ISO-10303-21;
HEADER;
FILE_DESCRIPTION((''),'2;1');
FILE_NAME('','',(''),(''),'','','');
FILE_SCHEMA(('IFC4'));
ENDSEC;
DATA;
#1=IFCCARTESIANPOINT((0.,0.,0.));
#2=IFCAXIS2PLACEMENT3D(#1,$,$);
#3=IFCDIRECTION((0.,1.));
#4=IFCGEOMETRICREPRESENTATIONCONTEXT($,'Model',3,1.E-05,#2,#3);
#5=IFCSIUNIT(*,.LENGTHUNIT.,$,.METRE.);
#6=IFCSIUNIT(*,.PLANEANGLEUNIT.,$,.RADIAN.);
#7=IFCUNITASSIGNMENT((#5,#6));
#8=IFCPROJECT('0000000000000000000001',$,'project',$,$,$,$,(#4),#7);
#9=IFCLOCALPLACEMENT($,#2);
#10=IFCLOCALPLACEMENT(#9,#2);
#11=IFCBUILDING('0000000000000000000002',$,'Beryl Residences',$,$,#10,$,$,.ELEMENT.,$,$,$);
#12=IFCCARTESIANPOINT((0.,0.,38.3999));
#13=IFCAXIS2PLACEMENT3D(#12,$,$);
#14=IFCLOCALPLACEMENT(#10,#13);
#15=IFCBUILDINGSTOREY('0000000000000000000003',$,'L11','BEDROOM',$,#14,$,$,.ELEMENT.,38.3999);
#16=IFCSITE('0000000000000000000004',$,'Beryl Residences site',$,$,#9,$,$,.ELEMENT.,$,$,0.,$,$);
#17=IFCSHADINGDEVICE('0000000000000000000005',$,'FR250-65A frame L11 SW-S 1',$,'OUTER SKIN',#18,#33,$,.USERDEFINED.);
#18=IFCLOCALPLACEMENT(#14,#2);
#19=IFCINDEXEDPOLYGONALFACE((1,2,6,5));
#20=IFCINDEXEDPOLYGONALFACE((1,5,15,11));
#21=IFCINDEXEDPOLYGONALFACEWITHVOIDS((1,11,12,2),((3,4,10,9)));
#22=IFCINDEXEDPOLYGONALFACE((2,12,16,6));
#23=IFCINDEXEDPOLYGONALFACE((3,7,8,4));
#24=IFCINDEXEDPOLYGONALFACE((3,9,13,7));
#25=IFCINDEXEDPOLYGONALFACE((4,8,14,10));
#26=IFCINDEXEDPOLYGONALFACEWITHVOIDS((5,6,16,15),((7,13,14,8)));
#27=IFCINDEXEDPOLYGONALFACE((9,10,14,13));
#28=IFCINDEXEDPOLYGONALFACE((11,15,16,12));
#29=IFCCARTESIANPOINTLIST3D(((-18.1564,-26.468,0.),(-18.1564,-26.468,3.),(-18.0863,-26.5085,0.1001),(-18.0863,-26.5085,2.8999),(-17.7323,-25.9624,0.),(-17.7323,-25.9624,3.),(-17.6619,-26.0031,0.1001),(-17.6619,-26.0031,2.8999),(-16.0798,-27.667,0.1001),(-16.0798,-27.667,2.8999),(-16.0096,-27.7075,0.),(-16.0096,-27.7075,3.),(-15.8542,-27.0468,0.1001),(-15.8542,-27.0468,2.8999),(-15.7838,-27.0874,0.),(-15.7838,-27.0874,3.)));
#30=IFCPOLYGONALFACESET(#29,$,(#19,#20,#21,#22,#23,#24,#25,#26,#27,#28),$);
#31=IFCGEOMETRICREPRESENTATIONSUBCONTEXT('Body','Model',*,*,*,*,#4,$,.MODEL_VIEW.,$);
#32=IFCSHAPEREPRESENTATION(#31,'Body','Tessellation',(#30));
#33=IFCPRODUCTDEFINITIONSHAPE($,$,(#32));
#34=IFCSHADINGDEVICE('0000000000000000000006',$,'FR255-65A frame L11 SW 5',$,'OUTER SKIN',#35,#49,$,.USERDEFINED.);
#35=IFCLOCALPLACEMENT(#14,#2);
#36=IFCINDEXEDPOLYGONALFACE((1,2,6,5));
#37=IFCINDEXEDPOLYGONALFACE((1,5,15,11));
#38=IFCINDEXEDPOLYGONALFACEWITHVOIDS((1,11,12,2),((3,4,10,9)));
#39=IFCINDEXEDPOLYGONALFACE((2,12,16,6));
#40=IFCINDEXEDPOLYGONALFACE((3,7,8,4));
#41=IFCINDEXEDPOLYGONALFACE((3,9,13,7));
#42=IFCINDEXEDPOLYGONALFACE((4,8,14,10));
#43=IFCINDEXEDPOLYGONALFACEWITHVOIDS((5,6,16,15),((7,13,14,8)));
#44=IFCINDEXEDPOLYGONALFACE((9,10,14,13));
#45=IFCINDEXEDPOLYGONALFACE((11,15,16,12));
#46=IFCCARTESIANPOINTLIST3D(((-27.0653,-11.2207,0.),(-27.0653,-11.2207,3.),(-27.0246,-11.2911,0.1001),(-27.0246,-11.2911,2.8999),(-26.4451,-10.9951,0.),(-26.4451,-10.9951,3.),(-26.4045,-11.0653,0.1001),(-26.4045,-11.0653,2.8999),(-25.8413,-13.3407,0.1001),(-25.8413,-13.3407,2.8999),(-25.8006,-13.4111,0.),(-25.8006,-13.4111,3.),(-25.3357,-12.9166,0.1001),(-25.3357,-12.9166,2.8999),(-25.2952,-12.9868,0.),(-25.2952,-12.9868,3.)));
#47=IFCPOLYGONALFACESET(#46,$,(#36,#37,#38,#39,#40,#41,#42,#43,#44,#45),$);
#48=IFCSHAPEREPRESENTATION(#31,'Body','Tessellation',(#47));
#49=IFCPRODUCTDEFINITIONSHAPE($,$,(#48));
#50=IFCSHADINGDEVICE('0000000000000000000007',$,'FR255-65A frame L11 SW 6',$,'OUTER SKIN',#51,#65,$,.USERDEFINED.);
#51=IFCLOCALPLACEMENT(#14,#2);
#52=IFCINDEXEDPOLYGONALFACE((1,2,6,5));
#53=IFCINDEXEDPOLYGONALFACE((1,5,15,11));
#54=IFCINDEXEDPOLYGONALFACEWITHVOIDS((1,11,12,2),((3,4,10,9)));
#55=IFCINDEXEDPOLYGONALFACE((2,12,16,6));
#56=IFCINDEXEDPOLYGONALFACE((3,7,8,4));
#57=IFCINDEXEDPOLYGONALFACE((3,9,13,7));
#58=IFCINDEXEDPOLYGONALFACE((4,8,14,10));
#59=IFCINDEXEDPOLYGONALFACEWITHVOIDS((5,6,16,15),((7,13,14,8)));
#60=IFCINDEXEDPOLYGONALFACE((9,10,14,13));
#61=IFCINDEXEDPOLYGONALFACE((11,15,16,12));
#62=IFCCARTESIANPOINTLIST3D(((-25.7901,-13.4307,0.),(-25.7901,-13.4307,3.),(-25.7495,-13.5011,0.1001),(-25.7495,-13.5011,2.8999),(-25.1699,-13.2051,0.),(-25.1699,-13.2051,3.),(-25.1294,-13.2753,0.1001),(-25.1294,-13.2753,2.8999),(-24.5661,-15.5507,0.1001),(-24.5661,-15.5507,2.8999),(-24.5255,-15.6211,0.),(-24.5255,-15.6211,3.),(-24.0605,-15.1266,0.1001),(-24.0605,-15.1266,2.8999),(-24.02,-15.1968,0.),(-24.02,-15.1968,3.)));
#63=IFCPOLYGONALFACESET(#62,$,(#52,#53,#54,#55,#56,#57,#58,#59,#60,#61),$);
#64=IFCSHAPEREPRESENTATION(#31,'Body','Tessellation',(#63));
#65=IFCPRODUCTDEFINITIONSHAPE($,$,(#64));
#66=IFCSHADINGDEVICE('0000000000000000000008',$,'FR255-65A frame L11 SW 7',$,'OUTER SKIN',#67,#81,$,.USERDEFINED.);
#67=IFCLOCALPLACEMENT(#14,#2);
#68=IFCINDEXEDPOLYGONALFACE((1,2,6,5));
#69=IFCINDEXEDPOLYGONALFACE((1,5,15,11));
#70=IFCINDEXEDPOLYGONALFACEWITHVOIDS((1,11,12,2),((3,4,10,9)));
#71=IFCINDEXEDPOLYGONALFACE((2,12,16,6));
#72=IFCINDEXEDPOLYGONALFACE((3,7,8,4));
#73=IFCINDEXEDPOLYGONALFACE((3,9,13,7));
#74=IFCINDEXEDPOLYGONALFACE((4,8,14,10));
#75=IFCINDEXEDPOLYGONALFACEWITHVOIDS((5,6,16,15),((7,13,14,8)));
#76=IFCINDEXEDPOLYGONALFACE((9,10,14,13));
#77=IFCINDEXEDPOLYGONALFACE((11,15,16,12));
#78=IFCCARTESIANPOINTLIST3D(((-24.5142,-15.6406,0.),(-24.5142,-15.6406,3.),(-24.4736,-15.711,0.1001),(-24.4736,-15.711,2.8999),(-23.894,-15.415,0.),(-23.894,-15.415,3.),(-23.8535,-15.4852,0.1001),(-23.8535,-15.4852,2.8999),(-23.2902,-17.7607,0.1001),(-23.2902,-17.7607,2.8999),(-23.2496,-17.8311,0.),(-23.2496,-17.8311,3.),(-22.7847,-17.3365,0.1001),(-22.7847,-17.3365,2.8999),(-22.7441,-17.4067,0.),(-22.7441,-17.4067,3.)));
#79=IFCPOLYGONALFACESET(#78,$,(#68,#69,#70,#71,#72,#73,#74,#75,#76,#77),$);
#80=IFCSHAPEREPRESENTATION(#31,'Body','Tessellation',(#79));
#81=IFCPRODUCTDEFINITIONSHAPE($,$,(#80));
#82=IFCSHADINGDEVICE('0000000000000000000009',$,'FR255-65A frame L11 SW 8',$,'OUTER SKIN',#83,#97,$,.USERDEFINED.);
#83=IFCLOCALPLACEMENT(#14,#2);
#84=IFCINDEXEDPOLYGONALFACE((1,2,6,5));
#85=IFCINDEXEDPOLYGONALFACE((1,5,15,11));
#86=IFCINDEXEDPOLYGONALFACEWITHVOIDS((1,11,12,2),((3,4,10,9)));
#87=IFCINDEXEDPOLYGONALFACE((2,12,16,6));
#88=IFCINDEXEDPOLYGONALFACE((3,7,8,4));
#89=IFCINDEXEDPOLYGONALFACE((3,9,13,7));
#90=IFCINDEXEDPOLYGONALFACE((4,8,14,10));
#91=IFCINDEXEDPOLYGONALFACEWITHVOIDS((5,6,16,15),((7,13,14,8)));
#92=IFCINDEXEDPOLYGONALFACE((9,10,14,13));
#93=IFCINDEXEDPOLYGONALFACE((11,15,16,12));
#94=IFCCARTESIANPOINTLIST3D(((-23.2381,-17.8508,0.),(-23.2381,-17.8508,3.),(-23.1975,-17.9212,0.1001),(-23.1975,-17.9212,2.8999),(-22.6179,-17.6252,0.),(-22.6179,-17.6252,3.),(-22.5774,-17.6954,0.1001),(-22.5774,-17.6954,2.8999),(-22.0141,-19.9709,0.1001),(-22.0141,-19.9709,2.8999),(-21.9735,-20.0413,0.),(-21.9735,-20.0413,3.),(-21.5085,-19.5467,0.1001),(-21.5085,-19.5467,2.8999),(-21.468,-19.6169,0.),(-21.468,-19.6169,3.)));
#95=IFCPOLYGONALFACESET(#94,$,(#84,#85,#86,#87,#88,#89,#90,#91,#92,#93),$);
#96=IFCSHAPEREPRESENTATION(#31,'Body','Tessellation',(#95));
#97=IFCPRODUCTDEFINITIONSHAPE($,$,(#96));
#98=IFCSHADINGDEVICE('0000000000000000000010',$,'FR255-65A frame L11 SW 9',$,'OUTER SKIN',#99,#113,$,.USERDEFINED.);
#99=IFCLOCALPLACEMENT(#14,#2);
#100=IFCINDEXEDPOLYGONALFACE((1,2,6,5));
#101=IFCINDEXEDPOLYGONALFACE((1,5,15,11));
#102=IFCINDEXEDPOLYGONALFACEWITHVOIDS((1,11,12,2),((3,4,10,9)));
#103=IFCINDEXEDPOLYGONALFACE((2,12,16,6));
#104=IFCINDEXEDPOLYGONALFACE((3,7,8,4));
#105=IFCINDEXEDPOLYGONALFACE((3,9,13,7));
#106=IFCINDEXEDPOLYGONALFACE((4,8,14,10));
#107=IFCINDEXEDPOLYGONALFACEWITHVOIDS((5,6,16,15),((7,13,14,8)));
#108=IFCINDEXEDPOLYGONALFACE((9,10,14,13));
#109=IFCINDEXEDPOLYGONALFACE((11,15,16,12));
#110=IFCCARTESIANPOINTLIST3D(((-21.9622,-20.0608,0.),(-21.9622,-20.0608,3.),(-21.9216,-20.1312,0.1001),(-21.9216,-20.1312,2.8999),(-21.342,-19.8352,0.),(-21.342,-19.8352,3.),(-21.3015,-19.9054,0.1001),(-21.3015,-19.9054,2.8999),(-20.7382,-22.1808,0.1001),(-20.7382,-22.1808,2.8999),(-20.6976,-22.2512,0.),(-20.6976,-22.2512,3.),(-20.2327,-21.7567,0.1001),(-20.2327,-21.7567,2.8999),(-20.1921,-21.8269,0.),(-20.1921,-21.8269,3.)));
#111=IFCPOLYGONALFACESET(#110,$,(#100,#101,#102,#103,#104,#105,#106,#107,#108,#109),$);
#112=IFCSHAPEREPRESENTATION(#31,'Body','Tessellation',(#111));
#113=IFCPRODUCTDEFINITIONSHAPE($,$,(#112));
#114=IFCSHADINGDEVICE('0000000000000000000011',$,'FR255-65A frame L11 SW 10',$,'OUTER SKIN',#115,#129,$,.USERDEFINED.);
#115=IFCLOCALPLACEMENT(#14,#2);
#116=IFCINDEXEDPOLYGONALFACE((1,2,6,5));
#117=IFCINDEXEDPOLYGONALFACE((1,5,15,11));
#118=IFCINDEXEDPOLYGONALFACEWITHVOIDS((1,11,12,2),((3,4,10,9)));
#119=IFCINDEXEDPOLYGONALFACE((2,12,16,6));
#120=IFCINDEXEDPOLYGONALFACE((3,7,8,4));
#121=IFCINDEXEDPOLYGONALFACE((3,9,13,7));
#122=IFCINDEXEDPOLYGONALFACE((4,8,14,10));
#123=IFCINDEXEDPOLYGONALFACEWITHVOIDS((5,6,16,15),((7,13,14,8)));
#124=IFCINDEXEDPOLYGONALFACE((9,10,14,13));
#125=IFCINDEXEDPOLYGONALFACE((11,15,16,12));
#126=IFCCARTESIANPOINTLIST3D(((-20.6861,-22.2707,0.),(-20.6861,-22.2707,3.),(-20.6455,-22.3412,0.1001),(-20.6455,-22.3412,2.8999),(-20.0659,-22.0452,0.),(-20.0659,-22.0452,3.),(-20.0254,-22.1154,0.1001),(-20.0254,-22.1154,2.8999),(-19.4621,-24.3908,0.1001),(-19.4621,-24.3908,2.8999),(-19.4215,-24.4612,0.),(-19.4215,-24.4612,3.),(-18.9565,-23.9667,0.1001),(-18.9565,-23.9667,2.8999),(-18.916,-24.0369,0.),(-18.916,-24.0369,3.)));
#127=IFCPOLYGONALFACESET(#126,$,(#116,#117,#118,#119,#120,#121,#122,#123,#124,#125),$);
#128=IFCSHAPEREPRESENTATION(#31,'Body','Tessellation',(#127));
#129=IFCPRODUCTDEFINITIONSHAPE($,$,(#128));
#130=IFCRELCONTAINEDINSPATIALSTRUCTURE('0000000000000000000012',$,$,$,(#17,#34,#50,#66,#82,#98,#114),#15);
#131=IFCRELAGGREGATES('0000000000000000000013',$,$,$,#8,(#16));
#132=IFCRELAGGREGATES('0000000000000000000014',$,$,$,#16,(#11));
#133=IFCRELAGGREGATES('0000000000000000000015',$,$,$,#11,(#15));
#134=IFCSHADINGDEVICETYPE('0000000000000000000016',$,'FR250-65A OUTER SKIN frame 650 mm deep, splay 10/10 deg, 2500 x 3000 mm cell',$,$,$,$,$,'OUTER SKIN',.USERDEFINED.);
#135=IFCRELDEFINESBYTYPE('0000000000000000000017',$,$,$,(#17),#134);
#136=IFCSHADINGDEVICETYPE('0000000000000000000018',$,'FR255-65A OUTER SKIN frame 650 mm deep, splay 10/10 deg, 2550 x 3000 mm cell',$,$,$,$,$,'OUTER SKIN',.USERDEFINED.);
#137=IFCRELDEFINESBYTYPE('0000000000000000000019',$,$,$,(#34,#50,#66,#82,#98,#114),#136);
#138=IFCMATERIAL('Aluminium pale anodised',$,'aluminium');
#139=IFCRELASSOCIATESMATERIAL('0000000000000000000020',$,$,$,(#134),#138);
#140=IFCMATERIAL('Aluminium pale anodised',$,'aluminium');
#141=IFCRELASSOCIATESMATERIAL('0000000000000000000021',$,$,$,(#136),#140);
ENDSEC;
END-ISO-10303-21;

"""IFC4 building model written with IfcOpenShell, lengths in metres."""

from ifc_helpers import new_model, entity, si_unit, direction, frame, origin, place, context, subcontext, project, spatial, source, transform, mapped, material, type_object, type_shapes, element, save


model = new_model("IFC4")

# Units and contexts
model_context = context("Model", 3, precision=1e-05, world=origin(), true_north=direction((0.0, 1.0)))
body_context = subcontext(model_context, "Body", "Model", "MODEL_VIEW")
ifc_project = project(units=[si_unit("LENGTHUNIT", "METRE"), si_unit("PLANEANGLEUNIT", "RADIAN")], contexts=[model_context])

# Site, building, storey
site_placement = place(None, origin())
site = spatial("IfcSite", under=ifc_project, at=site_placement, Name="Beryl Residences site", CompositionType="ELEMENT", RefElevation=0.0)
building_placement = place(site_placement, origin())
building = spatial("IfcBuilding", under=site, at=building_placement, Name="Beryl Residences", CompositionType="ELEMENT")
storey_placement = place(building_placement, frame((0.0, 0.0, 38.3999)))
storey = spatial("IfcBuildingStorey", under=building, at=storey_placement, Name="L11", Description="BEDROOM", CompositionType="ELEMENT", Elevation=38.3999)

# Shading devices
ifc_material_1 = material(Name="Aluminium pale anodised", Category="aluminium")
shading_device_type_1 = type_object("IfcShadingDeviceType", Name="FR250-65A OUTER SKIN frame 650 mm deep, splay 10/10 deg, 2500 x 3000 mm cell", ElementType="OUTER SKIN", PredefinedType="USERDEFINED", material=ifc_material_1)
cartesian_point_1 = entity("IfcCartesianPoint", [-1.125, 0.0])
cartesian_point_2 = entity("IfcCartesianPoint", [-1.0437, 0.1001])
cartesian_point_3 = entity("IfcCartesianPoint", [-1.2395, 0.0])
cartesian_point_4 = entity("IfcCartesianPoint", [-1.1584, 0.1001])
shared_shape_1 = source(origin(), body_context, "Body", "SweptSolid", [
    entity("IfcExtrudedAreaSolidTapered", entity("IfcArbitraryProfileDefWithVoids", "AREA", None, entity("IfcPolyline", [cartesian_point_1, entity("IfcCartesianPoint", [1.125, 0.0]), entity("IfcCartesianPoint", [1.125, 3.0]), entity("IfcCartesianPoint", [-1.125, 3.0]), cartesian_point_1]), [entity("IfcPolyline", [cartesian_point_2, entity("IfcCartesianPoint", [1.0437, 0.1001]), entity("IfcCartesianPoint", [1.0437, 2.8999]), entity("IfcCartesianPoint", [-1.0437, 2.8999]), cartesian_point_2])]), entity("IfcAxis2Placement3D", entity("IfcCartesianPoint", [0.0, 0.0, 0.0]), entity("IfcDirection", [0.0, 1.0, 0.0]), entity("IfcDirection", [-1.0, 0.0, 0.0])), entity("IfcDirection", [0.0, 0.0, 1.0]), 0.6499, entity("IfcArbitraryProfileDefWithVoids", "AREA", None, entity("IfcPolyline", [cartesian_point_3, entity("IfcCartesianPoint", [1.2395, 0.0]), entity("IfcCartesianPoint", [1.2395, 3.0]), entity("IfcCartesianPoint", [-1.2395, 3.0]), cartesian_point_3]), [entity("IfcPolyline", [cartesian_point_4, entity("IfcCartesianPoint", [1.1584, 0.1001]), entity("IfcCartesianPoint", [1.1584, 2.8999]), entity("IfcCartesianPoint", [-1.1584, 2.8999]), cartesian_point_4])])),
])
type_shapes(shading_device_type_1, [shared_shape_1])
shading_device_1_placement = place(storey_placement, frame((-16.7581, -26.5249, 0.0), z_axis=(0.0, 0.0, 1.0), x_axis=(-0.866025, 0.5, 0.0)))
element("IfcShadingDevice", 1, at=shading_device_1_placement, inside=storey, type_object=shading_device_type_1, Name="FR250-65A frame L11 SW-S 1", ObjectType="OUTER SKIN", PredefinedType="USERDEFINED", context=body_context, shape_type="MappedRepresentation", body=[
    mapped(shared_shape_1, transform((0.0, 0.0, 0.0))),
])
ifc_material_2 = material(Name="Aluminium pale anodised", Category="aluminium")
shading_device_type_2 = type_object("IfcShadingDeviceType", Name="FR255-65A OUTER SKIN frame 650 mm deep, splay 10/10 deg, 2550 x 3000 mm cell", ElementType="OUTER SKIN", PredefinedType="USERDEFINED", material=ifc_material_2)
cartesian_point_5 = entity("IfcCartesianPoint", [-1.1499, 0.0])
cartesian_point_6 = entity("IfcCartesianPoint", [-1.0688, 0.1001])
cartesian_point_7 = entity("IfcCartesianPoint", [-1.2646, 0.0])
cartesian_point_8 = entity("IfcCartesianPoint", [-1.1833, 0.1001])
shared_shape_2 = source(origin(), body_context, "Body", "SweptSolid", [
    entity("IfcExtrudedAreaSolidTapered", entity("IfcArbitraryProfileDefWithVoids", "AREA", None, entity("IfcPolyline", [cartesian_point_5, entity("IfcCartesianPoint", [1.1499, 0.0]), entity("IfcCartesianPoint", [1.1499, 3.0]), entity("IfcCartesianPoint", [-1.1499, 3.0]), cartesian_point_5]), [entity("IfcPolyline", [cartesian_point_6, entity("IfcCartesianPoint", [1.0688, 0.1001]), entity("IfcCartesianPoint", [1.0688, 2.8999]), entity("IfcCartesianPoint", [-1.0688, 2.8999]), cartesian_point_6])]), entity("IfcAxis2Placement3D", entity("IfcCartesianPoint", [0.0, 0.0, 0.0]), entity("IfcDirection", [0.0, 1.0, 0.0]), entity("IfcDirection", [-1.0, 0.0, 0.0])), entity("IfcDirection", [0.0, 0.0, 1.0]), 0.6499, entity("IfcArbitraryProfileDefWithVoids", "AREA", None, entity("IfcPolyline", [cartesian_point_7, entity("IfcCartesianPoint", [1.2646, 0.0]), entity("IfcCartesianPoint", [1.2646, 3.0]), entity("IfcCartesianPoint", [-1.2646, 3.0]), cartesian_point_7]), [entity("IfcPolyline", [cartesian_point_8, entity("IfcCartesianPoint", [1.1833, 0.1001]), entity("IfcCartesianPoint", [1.1833, 2.8999]), entity("IfcCartesianPoint", [-1.1833, 2.8999]), cartesian_point_8])])),
])
type_shapes(shading_device_type_2, [shared_shape_2])
for number, where, z_axis, x_axis, name in (
    (2, (-25.8701, -11.991, 0.0), (0.0, 0.0, 1.0), (-0.5, 0.866025, 0.0), "FR255-65A frame L11 SW 5"),
    (3, (-24.595, -14.2009, 0.0), (0.0, 0.0, 1.0), (-0.5, 0.866025, 0.0), "FR255-65A frame L11 SW 6"),
    (4, (-23.3191, -16.4109, 0.0), (0.0, 0.0, 1.0), (-0.5, 0.866025, 0.0), "FR255-65A frame L11 SW 7"),
    (5, (-22.043, -18.6211, 0.0), (0.0, 0.0, 1.0), (-0.5, 0.866025, 0.0), "FR255-65A frame L11 SW 8"),
    (6, (-20.7671, -20.8311, 0.0), (0.0, 0.0, 1.0), (-0.5, 0.866025, 0.0), "FR255-65A frame L11 SW 9"),
    (7, (-19.491, -23.041, 0.0), (0.0, 0.0, 1.0), (-0.5, 0.866025, 0.0), "FR255-65A frame L11 SW 10"),
):
    element("IfcShadingDevice", number, at=place(storey_placement, frame(where, z_axis=z_axis, x_axis=x_axis)), inside=storey, type_object=shading_device_type_2, Name=name, ObjectType="OUTER SKIN", PredefinedType="USERDEFINED", context=body_context, shape_type="MappedRepresentation", body=[
        mapped(shared_shape_2, transform((0.0, 0.0, 0.0))),
    ])

save(model, "model.ifc")
